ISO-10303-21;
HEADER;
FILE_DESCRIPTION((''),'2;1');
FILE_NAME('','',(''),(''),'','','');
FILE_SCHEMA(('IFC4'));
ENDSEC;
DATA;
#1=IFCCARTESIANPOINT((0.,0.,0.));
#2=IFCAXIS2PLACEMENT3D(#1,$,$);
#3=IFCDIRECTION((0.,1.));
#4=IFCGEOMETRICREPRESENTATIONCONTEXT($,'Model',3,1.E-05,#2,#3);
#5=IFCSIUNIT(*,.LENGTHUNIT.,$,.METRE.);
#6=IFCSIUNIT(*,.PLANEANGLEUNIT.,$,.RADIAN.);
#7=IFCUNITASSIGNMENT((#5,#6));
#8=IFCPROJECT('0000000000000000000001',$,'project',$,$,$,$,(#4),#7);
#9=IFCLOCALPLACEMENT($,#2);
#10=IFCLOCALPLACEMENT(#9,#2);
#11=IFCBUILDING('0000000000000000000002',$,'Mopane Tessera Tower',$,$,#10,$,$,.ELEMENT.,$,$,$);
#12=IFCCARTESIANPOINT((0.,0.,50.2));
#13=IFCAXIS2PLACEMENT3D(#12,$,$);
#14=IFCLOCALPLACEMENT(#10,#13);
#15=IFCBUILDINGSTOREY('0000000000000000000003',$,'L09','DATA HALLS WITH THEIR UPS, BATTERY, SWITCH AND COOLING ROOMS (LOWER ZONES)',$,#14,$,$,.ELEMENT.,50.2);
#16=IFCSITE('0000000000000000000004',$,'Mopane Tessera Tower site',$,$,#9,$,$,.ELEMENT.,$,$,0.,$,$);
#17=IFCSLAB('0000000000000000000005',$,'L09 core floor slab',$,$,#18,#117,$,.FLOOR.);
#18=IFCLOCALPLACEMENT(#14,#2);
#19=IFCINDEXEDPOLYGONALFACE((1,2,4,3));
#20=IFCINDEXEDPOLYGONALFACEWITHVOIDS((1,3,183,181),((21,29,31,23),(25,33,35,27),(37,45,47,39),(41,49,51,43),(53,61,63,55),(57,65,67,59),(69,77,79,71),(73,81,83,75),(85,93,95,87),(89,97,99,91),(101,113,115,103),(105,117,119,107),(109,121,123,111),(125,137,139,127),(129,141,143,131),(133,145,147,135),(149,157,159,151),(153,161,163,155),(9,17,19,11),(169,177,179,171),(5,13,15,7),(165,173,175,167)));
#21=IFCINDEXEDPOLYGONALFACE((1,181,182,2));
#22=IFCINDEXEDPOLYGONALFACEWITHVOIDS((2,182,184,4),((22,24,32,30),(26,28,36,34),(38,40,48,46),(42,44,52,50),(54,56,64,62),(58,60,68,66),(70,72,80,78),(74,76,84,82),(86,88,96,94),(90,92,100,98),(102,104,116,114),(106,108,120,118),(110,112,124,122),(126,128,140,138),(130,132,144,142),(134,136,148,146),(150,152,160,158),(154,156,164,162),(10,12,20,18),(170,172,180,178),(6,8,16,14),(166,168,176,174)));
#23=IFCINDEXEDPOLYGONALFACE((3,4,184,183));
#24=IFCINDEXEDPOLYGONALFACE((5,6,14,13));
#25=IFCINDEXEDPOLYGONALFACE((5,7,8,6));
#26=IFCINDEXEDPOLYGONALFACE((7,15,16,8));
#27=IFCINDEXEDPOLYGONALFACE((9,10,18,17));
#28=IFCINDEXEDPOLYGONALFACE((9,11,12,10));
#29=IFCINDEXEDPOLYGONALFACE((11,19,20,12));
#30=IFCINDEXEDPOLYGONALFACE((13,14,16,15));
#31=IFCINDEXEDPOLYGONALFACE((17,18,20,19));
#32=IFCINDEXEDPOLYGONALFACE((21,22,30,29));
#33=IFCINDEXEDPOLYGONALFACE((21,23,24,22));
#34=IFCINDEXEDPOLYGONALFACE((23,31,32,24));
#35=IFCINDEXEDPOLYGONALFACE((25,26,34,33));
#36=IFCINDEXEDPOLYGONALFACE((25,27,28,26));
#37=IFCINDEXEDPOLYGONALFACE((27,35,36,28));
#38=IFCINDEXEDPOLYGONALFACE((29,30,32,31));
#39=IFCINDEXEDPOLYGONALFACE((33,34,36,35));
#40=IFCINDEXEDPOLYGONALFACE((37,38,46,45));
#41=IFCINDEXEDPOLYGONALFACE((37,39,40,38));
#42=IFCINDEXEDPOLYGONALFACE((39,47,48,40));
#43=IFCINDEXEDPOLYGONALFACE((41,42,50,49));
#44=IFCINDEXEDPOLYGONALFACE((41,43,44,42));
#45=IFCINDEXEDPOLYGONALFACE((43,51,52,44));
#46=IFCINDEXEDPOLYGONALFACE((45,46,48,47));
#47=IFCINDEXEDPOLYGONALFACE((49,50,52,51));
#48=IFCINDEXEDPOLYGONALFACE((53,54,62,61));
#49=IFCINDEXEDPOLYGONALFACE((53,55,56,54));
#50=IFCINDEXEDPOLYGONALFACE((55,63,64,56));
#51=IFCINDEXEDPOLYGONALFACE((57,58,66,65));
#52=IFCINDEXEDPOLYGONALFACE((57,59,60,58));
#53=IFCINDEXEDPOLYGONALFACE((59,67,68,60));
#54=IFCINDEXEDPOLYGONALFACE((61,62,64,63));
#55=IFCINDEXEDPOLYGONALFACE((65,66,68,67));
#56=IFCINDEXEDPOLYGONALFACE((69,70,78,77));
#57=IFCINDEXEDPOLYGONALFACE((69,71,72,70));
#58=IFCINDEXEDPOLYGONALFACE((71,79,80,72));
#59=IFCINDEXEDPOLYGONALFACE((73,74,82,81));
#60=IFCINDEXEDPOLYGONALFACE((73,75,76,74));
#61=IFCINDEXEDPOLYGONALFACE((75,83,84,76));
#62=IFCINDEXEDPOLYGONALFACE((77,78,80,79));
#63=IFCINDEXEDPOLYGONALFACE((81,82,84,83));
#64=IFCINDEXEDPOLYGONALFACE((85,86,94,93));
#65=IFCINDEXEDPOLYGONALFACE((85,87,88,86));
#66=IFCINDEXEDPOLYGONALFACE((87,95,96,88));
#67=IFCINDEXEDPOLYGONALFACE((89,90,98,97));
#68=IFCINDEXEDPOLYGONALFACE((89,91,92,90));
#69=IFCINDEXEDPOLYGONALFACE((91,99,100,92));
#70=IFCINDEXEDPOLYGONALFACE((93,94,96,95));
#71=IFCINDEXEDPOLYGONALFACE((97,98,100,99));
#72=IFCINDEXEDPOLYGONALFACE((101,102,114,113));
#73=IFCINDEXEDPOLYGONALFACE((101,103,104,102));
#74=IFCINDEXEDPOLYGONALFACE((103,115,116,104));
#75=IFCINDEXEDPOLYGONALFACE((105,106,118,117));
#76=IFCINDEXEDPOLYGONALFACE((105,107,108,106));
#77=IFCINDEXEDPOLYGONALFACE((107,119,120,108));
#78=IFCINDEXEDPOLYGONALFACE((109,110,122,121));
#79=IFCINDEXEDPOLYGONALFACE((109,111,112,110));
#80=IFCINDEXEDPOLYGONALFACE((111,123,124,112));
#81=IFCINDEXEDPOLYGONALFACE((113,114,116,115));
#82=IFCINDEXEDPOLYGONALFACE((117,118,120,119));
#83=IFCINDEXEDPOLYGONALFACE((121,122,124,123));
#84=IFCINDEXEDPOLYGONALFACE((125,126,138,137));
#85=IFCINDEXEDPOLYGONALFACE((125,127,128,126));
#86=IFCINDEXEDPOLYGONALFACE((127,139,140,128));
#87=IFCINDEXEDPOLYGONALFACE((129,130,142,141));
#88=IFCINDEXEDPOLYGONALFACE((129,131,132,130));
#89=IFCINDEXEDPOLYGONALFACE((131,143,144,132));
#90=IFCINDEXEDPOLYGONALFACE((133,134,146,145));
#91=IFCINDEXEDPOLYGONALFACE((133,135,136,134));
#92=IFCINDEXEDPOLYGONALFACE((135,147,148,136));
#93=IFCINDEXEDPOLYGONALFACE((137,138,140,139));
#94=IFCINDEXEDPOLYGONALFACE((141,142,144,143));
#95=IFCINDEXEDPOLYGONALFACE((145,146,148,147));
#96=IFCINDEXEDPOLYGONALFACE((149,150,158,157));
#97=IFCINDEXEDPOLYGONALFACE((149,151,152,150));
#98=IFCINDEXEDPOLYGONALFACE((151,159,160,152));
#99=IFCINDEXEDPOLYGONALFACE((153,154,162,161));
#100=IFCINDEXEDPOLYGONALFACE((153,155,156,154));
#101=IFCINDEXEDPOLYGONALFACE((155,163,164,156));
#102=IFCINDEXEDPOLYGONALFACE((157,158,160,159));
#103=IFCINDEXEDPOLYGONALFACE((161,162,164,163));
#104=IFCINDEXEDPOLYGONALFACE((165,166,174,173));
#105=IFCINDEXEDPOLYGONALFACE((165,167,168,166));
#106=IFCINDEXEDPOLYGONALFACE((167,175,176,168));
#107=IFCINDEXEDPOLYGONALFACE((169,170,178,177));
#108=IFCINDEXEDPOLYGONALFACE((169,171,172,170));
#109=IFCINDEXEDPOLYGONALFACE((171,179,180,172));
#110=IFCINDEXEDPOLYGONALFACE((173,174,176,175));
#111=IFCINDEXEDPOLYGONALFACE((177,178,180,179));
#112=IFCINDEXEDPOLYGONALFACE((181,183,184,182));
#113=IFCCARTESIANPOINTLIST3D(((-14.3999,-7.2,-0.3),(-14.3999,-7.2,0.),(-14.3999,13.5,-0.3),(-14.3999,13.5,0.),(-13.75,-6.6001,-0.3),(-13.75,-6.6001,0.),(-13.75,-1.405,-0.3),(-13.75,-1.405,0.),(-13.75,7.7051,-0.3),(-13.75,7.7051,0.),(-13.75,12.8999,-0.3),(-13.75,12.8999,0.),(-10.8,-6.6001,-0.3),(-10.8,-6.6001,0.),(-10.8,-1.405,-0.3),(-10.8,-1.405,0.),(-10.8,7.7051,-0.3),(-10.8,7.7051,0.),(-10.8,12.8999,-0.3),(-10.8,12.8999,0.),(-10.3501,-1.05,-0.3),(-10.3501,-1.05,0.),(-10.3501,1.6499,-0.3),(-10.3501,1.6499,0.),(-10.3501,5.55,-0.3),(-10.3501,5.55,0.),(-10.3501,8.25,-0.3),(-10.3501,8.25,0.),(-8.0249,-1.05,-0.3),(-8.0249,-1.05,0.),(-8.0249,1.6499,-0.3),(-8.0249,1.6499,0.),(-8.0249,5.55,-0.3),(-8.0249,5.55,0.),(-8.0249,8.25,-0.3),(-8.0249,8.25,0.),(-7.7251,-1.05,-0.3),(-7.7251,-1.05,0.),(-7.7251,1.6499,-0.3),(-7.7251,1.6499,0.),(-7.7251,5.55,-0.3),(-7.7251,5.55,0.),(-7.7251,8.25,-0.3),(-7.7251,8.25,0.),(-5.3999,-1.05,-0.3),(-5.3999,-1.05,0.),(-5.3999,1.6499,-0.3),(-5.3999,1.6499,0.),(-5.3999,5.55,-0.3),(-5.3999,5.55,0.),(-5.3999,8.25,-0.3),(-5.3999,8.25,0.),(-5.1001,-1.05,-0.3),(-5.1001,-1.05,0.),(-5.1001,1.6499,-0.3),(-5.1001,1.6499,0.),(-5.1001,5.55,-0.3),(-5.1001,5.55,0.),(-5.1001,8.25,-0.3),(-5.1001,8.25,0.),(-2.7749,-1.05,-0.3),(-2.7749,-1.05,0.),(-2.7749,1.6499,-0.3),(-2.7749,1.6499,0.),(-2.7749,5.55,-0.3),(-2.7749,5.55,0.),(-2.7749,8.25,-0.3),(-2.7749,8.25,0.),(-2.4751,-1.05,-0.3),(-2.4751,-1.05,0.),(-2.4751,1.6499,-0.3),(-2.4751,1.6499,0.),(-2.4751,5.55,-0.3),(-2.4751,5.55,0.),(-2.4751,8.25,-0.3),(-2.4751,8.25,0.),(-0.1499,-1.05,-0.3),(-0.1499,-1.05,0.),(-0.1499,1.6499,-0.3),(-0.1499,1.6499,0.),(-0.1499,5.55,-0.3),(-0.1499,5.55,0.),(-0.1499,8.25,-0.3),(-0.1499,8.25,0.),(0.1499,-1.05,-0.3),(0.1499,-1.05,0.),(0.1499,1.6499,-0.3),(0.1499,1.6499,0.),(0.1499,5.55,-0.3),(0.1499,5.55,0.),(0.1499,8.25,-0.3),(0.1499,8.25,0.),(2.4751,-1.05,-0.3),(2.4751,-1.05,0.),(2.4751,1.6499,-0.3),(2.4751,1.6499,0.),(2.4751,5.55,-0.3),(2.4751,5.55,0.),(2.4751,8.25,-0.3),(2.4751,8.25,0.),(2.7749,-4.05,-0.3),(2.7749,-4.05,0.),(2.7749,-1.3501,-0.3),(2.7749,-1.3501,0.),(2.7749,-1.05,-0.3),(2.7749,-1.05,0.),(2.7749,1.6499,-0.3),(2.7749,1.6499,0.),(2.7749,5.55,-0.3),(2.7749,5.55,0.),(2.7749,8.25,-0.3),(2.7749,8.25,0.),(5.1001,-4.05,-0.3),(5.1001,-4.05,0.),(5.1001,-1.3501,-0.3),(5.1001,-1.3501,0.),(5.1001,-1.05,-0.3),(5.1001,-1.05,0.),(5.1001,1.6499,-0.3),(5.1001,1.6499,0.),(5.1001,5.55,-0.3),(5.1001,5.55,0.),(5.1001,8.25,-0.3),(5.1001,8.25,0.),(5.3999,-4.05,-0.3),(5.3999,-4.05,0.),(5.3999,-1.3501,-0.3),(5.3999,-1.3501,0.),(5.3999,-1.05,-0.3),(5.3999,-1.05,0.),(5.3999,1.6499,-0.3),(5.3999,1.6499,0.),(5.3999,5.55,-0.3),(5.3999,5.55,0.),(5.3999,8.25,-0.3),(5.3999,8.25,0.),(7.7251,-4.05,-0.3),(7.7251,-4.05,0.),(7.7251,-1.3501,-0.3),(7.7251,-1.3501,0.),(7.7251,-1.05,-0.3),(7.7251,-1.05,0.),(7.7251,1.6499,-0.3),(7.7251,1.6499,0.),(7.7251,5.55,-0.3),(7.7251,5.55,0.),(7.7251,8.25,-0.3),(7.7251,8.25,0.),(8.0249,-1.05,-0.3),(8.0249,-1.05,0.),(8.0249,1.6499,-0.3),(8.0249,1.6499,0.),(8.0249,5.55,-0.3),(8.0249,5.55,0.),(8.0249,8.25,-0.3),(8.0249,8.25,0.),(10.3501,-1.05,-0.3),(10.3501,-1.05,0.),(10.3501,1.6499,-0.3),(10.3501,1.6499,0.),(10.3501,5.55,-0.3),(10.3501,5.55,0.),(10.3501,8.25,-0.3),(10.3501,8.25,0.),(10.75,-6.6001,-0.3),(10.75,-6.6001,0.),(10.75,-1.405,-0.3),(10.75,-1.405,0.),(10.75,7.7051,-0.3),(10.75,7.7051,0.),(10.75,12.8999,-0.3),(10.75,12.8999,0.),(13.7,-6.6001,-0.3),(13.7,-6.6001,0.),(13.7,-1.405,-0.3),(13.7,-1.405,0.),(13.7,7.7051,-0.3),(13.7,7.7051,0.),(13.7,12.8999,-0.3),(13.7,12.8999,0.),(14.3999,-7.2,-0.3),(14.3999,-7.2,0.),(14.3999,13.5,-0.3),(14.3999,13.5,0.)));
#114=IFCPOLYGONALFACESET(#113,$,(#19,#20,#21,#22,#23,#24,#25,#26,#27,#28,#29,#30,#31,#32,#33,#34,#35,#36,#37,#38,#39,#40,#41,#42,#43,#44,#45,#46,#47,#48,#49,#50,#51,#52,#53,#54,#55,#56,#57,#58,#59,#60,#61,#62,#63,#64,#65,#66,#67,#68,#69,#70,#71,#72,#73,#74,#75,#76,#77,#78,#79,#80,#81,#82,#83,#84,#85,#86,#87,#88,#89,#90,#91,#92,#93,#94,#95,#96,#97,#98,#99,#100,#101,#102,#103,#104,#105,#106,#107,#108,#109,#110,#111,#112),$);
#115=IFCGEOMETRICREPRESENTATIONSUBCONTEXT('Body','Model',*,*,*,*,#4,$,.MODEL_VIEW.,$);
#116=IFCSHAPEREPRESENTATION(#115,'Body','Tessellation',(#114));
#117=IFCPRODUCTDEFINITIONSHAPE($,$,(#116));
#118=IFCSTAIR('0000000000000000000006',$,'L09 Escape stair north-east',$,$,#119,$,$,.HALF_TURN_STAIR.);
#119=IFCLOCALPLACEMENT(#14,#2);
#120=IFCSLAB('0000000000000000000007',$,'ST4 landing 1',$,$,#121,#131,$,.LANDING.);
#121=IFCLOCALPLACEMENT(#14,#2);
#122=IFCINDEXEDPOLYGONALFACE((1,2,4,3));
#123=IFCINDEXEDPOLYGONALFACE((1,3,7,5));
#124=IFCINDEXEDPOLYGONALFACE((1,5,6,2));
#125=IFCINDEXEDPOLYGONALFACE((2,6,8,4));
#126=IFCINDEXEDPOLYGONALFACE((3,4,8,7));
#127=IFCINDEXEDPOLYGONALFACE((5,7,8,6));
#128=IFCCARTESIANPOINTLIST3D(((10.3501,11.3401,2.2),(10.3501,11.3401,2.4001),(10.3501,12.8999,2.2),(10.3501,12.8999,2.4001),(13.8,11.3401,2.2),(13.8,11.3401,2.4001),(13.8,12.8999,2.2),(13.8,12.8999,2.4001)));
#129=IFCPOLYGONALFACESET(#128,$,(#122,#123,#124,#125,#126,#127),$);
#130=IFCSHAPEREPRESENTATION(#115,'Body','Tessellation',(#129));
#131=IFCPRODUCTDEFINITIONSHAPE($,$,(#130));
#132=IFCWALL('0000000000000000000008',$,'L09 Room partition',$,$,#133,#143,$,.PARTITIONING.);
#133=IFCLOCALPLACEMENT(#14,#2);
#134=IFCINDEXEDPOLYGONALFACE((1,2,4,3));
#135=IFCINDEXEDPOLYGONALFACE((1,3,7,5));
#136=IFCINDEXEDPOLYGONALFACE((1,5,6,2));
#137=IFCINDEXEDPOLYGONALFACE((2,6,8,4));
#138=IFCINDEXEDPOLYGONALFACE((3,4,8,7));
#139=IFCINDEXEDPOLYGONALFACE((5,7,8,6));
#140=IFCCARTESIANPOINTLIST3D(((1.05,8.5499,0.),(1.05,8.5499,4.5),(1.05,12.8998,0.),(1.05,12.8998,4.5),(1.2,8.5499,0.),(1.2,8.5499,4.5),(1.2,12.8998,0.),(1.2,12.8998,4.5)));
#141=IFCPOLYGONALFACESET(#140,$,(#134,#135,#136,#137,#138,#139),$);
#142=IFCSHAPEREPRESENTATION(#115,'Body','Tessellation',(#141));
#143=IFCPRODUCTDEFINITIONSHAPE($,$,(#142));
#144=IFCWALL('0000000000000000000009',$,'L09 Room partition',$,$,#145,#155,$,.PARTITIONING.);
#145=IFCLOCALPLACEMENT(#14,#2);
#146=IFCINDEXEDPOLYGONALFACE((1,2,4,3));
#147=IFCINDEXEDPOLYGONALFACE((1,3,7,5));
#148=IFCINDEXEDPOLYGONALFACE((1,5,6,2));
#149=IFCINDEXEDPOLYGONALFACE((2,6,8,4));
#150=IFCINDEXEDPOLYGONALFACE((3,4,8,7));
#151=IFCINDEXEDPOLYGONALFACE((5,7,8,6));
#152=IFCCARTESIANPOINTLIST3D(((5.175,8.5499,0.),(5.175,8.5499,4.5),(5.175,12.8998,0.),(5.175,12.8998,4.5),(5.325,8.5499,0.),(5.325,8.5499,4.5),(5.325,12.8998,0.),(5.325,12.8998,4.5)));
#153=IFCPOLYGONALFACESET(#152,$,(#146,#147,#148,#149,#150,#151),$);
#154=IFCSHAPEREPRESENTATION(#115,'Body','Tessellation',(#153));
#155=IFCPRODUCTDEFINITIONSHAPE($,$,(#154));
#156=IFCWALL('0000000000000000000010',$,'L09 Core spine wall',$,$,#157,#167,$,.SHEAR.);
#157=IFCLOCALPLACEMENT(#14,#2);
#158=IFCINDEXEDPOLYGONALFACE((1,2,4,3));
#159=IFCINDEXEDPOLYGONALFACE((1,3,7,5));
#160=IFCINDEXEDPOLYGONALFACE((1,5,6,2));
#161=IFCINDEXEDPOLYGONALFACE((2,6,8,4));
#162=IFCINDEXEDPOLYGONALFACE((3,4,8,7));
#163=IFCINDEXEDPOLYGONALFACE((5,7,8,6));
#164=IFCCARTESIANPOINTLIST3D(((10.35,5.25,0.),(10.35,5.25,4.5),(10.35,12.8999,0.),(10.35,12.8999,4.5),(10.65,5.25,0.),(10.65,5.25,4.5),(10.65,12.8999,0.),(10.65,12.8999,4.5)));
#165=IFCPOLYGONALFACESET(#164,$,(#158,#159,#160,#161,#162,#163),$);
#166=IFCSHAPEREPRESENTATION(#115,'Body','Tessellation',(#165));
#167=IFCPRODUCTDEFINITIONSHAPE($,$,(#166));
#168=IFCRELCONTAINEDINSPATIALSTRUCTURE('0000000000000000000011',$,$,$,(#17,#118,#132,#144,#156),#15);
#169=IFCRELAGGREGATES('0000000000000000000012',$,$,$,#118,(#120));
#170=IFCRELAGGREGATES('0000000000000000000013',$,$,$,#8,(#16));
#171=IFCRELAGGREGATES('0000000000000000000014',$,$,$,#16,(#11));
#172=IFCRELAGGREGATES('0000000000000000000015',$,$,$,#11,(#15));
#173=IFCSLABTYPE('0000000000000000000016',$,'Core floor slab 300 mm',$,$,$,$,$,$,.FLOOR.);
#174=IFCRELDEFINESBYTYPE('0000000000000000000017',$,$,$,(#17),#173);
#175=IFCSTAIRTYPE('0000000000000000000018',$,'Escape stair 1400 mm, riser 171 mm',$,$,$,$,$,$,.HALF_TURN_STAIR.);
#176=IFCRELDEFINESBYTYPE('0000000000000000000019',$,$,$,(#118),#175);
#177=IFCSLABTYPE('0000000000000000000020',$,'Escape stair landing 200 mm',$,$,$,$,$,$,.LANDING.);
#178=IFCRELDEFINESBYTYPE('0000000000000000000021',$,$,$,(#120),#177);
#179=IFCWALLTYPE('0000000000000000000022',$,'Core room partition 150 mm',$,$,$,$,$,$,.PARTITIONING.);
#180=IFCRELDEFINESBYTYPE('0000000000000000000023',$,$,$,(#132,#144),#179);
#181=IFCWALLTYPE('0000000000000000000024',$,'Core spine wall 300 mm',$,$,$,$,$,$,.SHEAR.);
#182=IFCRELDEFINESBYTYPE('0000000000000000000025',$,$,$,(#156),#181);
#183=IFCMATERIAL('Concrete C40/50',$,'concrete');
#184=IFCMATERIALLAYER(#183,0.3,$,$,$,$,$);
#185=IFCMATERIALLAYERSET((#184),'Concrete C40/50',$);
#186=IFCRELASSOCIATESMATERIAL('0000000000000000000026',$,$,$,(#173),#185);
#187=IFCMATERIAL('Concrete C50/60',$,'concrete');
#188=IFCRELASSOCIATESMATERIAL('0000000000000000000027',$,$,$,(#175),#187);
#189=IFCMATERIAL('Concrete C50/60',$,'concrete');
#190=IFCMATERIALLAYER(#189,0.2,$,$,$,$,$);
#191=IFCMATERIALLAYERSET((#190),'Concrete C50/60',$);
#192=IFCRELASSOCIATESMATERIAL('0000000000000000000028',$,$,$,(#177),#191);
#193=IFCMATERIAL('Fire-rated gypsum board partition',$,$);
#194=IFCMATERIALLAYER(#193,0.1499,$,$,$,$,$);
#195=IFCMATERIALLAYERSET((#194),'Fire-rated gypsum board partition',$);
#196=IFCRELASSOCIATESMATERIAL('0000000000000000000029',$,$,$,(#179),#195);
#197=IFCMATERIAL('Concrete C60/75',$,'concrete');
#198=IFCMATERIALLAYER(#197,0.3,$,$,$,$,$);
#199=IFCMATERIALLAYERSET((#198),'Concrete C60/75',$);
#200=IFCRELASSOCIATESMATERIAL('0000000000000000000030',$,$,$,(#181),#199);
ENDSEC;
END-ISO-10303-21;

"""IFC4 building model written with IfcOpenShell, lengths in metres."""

from ifc_helpers import new_model, si_unit, direction, frame, frame_2d, origin, place, context, subcontext, project, spatial, polyline, rectangle, outline, extrude, material, layer, layer_set, type_object, element, aggregate, save


model = new_model("IFC4")

# Units and contexts
model_context = context("Model", 3, precision=1e-05, world=origin(), true_north=direction((0.0, 1.0)))
body_context = subcontext(model_context, "Body", "Model", "MODEL_VIEW")
ifc_project = project(units=[si_unit("LENGTHUNIT", "METRE"), si_unit("PLANEANGLEUNIT", "RADIAN")], contexts=[model_context])

# Site, building, storey
site_placement = place(None, origin())
site = spatial("IfcSite", under=ifc_project, at=site_placement, Name="Mopane Tessera Tower site", CompositionType="ELEMENT", RefElevation=0.0)
building_placement = place(site_placement, origin())
building = spatial("IfcBuilding", under=site, at=building_placement, Name="Mopane Tessera Tower", CompositionType="ELEMENT")
storey_placement = place(building_placement, frame((0.0, 0.0, 50.2)))
storey = spatial("IfcBuildingStorey", under=building, at=storey_placement, Name="L09", Description="DATA HALLS WITH THEIR UPS, BATTERY, SWITCH AND COOLING ROOMS (LOWER ZONES)", CompositionType="ELEMENT", Elevation=50.2)

# Slab
ifc_material_1 = material(Name="Concrete C40/50", Category="concrete")
ifc_layer_1 = layer(ifc_material_1, 0.3)
ifc_layer_set_1 = layer_set([ifc_layer_1], Name="Concrete C40/50")
slab_type_1 = type_object("IfcSlabType", Name="Core floor slab 300 mm", PredefinedType="FLOOR", material=ifc_layer_set_1)
slab_1_placement = place(storey_placement, frame((0.0, 0.0, -0.3)))
element("IfcSlab", 1, at=slab_1_placement, inside=storey, type_object=slab_type_1, Name="L09 core floor slab", PredefinedType="FLOOR", context=body_context, shape_type="SweptSolid", body=[
    extrude(outline(polyline([(-14.3999, -7.2), (14.3999, -7.2), (14.3999, 13.5), (-14.3999, 13.5), (-14.3999, -7.2)]), holes=[polyline([(-10.3501, -1.05), (-8.0249, -1.05), (-8.0249, 1.6499), (-10.3501, 1.6499), (-10.3501, -1.05)]), polyline([(-7.7251, -1.05), (-5.3999, -1.05), (-5.3999, 1.6499), (-7.7251, 1.6499), (-7.7251, -1.05)]), polyline([(-5.1001, -1.05), (-2.7749, -1.05), (-2.7749, 1.6499), (-5.1001, 1.6499), (-5.1001, -1.05)]), polyline([(-2.4751, -1.05), (-0.1499, -1.05), (-0.1499, 1.6499), (-2.4751, 1.6499), (-2.4751, -1.05)]), polyline([(0.1499, -1.05), (2.4751, -1.05), (2.4751, 1.6499), (0.1499, 1.6499), (0.1499, -1.05)]), polyline([(2.7749, -1.05), (5.1001, -1.05), (5.1001, 1.6499), (2.7749, 1.6499), (2.7749, -1.05)]), polyline([(5.3999, -1.05), (7.7251, -1.05), (7.7251, 1.6499), (5.3999, 1.6499), (5.3999, -1.05)]), polyline([(8.0249, -1.05), (10.3501, -1.05), (10.3501, 1.6499), (8.0249, 1.6499), (8.0249, -1.05)]), polyline([(-10.3501, 5.55), (-8.0249, 5.55), (-8.0249, 8.25), (-10.3501, 8.25), (-10.3501, 5.55)]), polyline([(-7.7251, 5.55), (-5.3999, 5.55), (-5.3999, 8.25), (-7.7251, 8.25), (-7.7251, 5.55)]), polyline([(-5.1001, 5.55), (-2.7749, 5.55), (-2.7749, 8.25), (-5.1001, 8.25), (-5.1001, 5.55)]), polyline([(-2.4751, 5.55), (-0.1499, 5.55), (-0.1499, 8.25), (-2.4751, 8.25), (-2.4751, 5.55)]), polyline([(0.1499, 5.55), (2.4751, 5.55), (2.4751, 8.25), (0.1499, 8.25), (0.1499, 5.55)]), polyline([(2.7749, 5.55), (5.1001, 5.55), (5.1001, 8.25), (2.7749, 8.25), (2.7749, 5.55)]), polyline([(5.3999, 5.55), (7.7251, 5.55), (7.7251, 8.25), (5.3999, 8.25), (5.3999, 5.55)]), polyline([(8.0249, 5.55), (10.3501, 5.55), (10.3501, 8.25), (8.0249, 8.25), (8.0249, 5.55)]), polyline([(2.7749, -4.05), (5.1001, -4.05), (5.1001, -1.3501), (2.7749, -1.3501), (2.7749, -4.05)]), polyline([(5.3999, -4.05), (7.7251, -4.05), (7.7251, -1.3501), (5.3999, -1.3501), (5.3999, -4.05)]), polyline([(-13.75, -1.405), (-13.75, -6.6001), (-10.8, -6.6001), (-10.8, -1.405), (-13.75, -1.405)]), polyline([(-10.8, 7.7051), (-10.8, 12.8999), (-13.75, 12.8999), (-13.75, 7.7051), (-10.8, 7.7051)]), polyline([(10.75, -1.405), (10.75, -6.6001), (13.7, -6.6001), (13.7, -1.405), (10.75, -1.405)]), polyline([(13.7, 7.7051), (13.7, 12.8999), (10.75, 12.8999), (10.75, 7.7051), (13.7, 7.7051)])]), origin(), (0.0, 0.0, 1.0), 0.3),
])

# Stair, slab
ifc_material_2 = material(Name="Concrete C50/60", Category="concrete")
stair_type = type_object("IfcStairType", Name="Escape stair 1400 mm, riser 171 mm", PredefinedType="HALF_TURN_STAIR", material=ifc_material_2)
stair_placement = place(storey_placement, origin())
stair = element("IfcStair", 2, at=stair_placement, inside=storey, type_object=stair_type, Name="L09 Escape stair north-east", PredefinedType="HALF_TURN_STAIR")
ifc_material_3 = material(Name="Concrete C50/60", Category="concrete")
ifc_layer_2 = layer(ifc_material_3, 0.2)
ifc_layer_set_2 = layer_set([ifc_layer_2], Name="Concrete C50/60")
slab_type_2 = type_object("IfcSlabType", Name="Escape stair landing 200 mm", PredefinedType="LANDING", material=ifc_layer_set_2)
slab_2_placement = place(storey_placement, frame((0.0, 0.0, 2.2)))
slab_2 = element("IfcSlab", 3, at=slab_2_placement, type_object=slab_type_2, Name="ST4 landing 1", PredefinedType="LANDING", context=body_context, shape_type="SweptSolid", body=[
    extrude(outline(polyline([(13.8, 11.3401), (13.8, 12.8999), (10.3501, 12.8999), (10.3501, 11.3401), (13.8, 11.3401)])), origin(), (0.0, 0.0, 1.0), 0.2002),
])

# Walls
ifc_material_4 = material(Name="Fire-rated gypsum board partition")
ifc_layer_3 = layer(ifc_material_4, 0.1499)
ifc_layer_set_3 = layer_set([ifc_layer_3], Name="Fire-rated gypsum board partition")
wall_type_1 = type_object("IfcWallType", Name="Core room partition 150 mm", PredefinedType="PARTITIONING", material=ifc_layer_set_3)
for number, where, z_axis, x_axis, name in (
    (4, (1.125, 8.55, 0.0), (0.0, 0.0, 1.0), (0.0, 1.0, 0.0), "L09 Room partition"),
    (5, (5.25, 8.55, 0.0), (0.0, 0.0, 1.0), (0.0, 1.0, 0.0), "L09 Room partition"),
):
    element("IfcWall", number, at=place(storey_placement, frame(where, z_axis=z_axis, x_axis=x_axis)), inside=storey, type_object=wall_type_1, Name=name, PredefinedType="PARTITIONING", context=body_context, shape_type="SweptSolid", body=[
        extrude(rectangle(XDim=4.3499, YDim=0.1499, at=frame_2d((2.1748, 0.0))), origin(), (0.0, 0.0, 1.0), 4.5),
    ])
ifc_material_5 = material(Name="Concrete C60/75", Category="concrete")
ifc_layer_4 = layer(ifc_material_5, 0.3)
ifc_layer_set_4 = layer_set([ifc_layer_4], Name="Concrete C60/75")
wall_type_2 = type_object("IfcWallType", Name="Core spine wall 300 mm", PredefinedType="SHEAR", material=ifc_layer_set_4)
wall_1_placement = place(storey_placement, frame((10.5, 5.25, 0.0), z_axis=(0.0, 0.0, 1.0), x_axis=(0.0, 1.0, 0.0)))
element("IfcWall", 6, at=wall_1_placement, inside=storey, type_object=wall_type_2, Name="L09 Core spine wall", PredefinedType="SHEAR", context=body_context, shape_type="SweptSolid", body=[
    extrude(rectangle(XDim=7.6499, YDim=0.3, at=frame_2d((3.825, 0.0))), origin(), (0.0, 0.0, 1.0), 4.5),
])

aggregate(stair, [slab_2])

save(model, "model.ifc")
